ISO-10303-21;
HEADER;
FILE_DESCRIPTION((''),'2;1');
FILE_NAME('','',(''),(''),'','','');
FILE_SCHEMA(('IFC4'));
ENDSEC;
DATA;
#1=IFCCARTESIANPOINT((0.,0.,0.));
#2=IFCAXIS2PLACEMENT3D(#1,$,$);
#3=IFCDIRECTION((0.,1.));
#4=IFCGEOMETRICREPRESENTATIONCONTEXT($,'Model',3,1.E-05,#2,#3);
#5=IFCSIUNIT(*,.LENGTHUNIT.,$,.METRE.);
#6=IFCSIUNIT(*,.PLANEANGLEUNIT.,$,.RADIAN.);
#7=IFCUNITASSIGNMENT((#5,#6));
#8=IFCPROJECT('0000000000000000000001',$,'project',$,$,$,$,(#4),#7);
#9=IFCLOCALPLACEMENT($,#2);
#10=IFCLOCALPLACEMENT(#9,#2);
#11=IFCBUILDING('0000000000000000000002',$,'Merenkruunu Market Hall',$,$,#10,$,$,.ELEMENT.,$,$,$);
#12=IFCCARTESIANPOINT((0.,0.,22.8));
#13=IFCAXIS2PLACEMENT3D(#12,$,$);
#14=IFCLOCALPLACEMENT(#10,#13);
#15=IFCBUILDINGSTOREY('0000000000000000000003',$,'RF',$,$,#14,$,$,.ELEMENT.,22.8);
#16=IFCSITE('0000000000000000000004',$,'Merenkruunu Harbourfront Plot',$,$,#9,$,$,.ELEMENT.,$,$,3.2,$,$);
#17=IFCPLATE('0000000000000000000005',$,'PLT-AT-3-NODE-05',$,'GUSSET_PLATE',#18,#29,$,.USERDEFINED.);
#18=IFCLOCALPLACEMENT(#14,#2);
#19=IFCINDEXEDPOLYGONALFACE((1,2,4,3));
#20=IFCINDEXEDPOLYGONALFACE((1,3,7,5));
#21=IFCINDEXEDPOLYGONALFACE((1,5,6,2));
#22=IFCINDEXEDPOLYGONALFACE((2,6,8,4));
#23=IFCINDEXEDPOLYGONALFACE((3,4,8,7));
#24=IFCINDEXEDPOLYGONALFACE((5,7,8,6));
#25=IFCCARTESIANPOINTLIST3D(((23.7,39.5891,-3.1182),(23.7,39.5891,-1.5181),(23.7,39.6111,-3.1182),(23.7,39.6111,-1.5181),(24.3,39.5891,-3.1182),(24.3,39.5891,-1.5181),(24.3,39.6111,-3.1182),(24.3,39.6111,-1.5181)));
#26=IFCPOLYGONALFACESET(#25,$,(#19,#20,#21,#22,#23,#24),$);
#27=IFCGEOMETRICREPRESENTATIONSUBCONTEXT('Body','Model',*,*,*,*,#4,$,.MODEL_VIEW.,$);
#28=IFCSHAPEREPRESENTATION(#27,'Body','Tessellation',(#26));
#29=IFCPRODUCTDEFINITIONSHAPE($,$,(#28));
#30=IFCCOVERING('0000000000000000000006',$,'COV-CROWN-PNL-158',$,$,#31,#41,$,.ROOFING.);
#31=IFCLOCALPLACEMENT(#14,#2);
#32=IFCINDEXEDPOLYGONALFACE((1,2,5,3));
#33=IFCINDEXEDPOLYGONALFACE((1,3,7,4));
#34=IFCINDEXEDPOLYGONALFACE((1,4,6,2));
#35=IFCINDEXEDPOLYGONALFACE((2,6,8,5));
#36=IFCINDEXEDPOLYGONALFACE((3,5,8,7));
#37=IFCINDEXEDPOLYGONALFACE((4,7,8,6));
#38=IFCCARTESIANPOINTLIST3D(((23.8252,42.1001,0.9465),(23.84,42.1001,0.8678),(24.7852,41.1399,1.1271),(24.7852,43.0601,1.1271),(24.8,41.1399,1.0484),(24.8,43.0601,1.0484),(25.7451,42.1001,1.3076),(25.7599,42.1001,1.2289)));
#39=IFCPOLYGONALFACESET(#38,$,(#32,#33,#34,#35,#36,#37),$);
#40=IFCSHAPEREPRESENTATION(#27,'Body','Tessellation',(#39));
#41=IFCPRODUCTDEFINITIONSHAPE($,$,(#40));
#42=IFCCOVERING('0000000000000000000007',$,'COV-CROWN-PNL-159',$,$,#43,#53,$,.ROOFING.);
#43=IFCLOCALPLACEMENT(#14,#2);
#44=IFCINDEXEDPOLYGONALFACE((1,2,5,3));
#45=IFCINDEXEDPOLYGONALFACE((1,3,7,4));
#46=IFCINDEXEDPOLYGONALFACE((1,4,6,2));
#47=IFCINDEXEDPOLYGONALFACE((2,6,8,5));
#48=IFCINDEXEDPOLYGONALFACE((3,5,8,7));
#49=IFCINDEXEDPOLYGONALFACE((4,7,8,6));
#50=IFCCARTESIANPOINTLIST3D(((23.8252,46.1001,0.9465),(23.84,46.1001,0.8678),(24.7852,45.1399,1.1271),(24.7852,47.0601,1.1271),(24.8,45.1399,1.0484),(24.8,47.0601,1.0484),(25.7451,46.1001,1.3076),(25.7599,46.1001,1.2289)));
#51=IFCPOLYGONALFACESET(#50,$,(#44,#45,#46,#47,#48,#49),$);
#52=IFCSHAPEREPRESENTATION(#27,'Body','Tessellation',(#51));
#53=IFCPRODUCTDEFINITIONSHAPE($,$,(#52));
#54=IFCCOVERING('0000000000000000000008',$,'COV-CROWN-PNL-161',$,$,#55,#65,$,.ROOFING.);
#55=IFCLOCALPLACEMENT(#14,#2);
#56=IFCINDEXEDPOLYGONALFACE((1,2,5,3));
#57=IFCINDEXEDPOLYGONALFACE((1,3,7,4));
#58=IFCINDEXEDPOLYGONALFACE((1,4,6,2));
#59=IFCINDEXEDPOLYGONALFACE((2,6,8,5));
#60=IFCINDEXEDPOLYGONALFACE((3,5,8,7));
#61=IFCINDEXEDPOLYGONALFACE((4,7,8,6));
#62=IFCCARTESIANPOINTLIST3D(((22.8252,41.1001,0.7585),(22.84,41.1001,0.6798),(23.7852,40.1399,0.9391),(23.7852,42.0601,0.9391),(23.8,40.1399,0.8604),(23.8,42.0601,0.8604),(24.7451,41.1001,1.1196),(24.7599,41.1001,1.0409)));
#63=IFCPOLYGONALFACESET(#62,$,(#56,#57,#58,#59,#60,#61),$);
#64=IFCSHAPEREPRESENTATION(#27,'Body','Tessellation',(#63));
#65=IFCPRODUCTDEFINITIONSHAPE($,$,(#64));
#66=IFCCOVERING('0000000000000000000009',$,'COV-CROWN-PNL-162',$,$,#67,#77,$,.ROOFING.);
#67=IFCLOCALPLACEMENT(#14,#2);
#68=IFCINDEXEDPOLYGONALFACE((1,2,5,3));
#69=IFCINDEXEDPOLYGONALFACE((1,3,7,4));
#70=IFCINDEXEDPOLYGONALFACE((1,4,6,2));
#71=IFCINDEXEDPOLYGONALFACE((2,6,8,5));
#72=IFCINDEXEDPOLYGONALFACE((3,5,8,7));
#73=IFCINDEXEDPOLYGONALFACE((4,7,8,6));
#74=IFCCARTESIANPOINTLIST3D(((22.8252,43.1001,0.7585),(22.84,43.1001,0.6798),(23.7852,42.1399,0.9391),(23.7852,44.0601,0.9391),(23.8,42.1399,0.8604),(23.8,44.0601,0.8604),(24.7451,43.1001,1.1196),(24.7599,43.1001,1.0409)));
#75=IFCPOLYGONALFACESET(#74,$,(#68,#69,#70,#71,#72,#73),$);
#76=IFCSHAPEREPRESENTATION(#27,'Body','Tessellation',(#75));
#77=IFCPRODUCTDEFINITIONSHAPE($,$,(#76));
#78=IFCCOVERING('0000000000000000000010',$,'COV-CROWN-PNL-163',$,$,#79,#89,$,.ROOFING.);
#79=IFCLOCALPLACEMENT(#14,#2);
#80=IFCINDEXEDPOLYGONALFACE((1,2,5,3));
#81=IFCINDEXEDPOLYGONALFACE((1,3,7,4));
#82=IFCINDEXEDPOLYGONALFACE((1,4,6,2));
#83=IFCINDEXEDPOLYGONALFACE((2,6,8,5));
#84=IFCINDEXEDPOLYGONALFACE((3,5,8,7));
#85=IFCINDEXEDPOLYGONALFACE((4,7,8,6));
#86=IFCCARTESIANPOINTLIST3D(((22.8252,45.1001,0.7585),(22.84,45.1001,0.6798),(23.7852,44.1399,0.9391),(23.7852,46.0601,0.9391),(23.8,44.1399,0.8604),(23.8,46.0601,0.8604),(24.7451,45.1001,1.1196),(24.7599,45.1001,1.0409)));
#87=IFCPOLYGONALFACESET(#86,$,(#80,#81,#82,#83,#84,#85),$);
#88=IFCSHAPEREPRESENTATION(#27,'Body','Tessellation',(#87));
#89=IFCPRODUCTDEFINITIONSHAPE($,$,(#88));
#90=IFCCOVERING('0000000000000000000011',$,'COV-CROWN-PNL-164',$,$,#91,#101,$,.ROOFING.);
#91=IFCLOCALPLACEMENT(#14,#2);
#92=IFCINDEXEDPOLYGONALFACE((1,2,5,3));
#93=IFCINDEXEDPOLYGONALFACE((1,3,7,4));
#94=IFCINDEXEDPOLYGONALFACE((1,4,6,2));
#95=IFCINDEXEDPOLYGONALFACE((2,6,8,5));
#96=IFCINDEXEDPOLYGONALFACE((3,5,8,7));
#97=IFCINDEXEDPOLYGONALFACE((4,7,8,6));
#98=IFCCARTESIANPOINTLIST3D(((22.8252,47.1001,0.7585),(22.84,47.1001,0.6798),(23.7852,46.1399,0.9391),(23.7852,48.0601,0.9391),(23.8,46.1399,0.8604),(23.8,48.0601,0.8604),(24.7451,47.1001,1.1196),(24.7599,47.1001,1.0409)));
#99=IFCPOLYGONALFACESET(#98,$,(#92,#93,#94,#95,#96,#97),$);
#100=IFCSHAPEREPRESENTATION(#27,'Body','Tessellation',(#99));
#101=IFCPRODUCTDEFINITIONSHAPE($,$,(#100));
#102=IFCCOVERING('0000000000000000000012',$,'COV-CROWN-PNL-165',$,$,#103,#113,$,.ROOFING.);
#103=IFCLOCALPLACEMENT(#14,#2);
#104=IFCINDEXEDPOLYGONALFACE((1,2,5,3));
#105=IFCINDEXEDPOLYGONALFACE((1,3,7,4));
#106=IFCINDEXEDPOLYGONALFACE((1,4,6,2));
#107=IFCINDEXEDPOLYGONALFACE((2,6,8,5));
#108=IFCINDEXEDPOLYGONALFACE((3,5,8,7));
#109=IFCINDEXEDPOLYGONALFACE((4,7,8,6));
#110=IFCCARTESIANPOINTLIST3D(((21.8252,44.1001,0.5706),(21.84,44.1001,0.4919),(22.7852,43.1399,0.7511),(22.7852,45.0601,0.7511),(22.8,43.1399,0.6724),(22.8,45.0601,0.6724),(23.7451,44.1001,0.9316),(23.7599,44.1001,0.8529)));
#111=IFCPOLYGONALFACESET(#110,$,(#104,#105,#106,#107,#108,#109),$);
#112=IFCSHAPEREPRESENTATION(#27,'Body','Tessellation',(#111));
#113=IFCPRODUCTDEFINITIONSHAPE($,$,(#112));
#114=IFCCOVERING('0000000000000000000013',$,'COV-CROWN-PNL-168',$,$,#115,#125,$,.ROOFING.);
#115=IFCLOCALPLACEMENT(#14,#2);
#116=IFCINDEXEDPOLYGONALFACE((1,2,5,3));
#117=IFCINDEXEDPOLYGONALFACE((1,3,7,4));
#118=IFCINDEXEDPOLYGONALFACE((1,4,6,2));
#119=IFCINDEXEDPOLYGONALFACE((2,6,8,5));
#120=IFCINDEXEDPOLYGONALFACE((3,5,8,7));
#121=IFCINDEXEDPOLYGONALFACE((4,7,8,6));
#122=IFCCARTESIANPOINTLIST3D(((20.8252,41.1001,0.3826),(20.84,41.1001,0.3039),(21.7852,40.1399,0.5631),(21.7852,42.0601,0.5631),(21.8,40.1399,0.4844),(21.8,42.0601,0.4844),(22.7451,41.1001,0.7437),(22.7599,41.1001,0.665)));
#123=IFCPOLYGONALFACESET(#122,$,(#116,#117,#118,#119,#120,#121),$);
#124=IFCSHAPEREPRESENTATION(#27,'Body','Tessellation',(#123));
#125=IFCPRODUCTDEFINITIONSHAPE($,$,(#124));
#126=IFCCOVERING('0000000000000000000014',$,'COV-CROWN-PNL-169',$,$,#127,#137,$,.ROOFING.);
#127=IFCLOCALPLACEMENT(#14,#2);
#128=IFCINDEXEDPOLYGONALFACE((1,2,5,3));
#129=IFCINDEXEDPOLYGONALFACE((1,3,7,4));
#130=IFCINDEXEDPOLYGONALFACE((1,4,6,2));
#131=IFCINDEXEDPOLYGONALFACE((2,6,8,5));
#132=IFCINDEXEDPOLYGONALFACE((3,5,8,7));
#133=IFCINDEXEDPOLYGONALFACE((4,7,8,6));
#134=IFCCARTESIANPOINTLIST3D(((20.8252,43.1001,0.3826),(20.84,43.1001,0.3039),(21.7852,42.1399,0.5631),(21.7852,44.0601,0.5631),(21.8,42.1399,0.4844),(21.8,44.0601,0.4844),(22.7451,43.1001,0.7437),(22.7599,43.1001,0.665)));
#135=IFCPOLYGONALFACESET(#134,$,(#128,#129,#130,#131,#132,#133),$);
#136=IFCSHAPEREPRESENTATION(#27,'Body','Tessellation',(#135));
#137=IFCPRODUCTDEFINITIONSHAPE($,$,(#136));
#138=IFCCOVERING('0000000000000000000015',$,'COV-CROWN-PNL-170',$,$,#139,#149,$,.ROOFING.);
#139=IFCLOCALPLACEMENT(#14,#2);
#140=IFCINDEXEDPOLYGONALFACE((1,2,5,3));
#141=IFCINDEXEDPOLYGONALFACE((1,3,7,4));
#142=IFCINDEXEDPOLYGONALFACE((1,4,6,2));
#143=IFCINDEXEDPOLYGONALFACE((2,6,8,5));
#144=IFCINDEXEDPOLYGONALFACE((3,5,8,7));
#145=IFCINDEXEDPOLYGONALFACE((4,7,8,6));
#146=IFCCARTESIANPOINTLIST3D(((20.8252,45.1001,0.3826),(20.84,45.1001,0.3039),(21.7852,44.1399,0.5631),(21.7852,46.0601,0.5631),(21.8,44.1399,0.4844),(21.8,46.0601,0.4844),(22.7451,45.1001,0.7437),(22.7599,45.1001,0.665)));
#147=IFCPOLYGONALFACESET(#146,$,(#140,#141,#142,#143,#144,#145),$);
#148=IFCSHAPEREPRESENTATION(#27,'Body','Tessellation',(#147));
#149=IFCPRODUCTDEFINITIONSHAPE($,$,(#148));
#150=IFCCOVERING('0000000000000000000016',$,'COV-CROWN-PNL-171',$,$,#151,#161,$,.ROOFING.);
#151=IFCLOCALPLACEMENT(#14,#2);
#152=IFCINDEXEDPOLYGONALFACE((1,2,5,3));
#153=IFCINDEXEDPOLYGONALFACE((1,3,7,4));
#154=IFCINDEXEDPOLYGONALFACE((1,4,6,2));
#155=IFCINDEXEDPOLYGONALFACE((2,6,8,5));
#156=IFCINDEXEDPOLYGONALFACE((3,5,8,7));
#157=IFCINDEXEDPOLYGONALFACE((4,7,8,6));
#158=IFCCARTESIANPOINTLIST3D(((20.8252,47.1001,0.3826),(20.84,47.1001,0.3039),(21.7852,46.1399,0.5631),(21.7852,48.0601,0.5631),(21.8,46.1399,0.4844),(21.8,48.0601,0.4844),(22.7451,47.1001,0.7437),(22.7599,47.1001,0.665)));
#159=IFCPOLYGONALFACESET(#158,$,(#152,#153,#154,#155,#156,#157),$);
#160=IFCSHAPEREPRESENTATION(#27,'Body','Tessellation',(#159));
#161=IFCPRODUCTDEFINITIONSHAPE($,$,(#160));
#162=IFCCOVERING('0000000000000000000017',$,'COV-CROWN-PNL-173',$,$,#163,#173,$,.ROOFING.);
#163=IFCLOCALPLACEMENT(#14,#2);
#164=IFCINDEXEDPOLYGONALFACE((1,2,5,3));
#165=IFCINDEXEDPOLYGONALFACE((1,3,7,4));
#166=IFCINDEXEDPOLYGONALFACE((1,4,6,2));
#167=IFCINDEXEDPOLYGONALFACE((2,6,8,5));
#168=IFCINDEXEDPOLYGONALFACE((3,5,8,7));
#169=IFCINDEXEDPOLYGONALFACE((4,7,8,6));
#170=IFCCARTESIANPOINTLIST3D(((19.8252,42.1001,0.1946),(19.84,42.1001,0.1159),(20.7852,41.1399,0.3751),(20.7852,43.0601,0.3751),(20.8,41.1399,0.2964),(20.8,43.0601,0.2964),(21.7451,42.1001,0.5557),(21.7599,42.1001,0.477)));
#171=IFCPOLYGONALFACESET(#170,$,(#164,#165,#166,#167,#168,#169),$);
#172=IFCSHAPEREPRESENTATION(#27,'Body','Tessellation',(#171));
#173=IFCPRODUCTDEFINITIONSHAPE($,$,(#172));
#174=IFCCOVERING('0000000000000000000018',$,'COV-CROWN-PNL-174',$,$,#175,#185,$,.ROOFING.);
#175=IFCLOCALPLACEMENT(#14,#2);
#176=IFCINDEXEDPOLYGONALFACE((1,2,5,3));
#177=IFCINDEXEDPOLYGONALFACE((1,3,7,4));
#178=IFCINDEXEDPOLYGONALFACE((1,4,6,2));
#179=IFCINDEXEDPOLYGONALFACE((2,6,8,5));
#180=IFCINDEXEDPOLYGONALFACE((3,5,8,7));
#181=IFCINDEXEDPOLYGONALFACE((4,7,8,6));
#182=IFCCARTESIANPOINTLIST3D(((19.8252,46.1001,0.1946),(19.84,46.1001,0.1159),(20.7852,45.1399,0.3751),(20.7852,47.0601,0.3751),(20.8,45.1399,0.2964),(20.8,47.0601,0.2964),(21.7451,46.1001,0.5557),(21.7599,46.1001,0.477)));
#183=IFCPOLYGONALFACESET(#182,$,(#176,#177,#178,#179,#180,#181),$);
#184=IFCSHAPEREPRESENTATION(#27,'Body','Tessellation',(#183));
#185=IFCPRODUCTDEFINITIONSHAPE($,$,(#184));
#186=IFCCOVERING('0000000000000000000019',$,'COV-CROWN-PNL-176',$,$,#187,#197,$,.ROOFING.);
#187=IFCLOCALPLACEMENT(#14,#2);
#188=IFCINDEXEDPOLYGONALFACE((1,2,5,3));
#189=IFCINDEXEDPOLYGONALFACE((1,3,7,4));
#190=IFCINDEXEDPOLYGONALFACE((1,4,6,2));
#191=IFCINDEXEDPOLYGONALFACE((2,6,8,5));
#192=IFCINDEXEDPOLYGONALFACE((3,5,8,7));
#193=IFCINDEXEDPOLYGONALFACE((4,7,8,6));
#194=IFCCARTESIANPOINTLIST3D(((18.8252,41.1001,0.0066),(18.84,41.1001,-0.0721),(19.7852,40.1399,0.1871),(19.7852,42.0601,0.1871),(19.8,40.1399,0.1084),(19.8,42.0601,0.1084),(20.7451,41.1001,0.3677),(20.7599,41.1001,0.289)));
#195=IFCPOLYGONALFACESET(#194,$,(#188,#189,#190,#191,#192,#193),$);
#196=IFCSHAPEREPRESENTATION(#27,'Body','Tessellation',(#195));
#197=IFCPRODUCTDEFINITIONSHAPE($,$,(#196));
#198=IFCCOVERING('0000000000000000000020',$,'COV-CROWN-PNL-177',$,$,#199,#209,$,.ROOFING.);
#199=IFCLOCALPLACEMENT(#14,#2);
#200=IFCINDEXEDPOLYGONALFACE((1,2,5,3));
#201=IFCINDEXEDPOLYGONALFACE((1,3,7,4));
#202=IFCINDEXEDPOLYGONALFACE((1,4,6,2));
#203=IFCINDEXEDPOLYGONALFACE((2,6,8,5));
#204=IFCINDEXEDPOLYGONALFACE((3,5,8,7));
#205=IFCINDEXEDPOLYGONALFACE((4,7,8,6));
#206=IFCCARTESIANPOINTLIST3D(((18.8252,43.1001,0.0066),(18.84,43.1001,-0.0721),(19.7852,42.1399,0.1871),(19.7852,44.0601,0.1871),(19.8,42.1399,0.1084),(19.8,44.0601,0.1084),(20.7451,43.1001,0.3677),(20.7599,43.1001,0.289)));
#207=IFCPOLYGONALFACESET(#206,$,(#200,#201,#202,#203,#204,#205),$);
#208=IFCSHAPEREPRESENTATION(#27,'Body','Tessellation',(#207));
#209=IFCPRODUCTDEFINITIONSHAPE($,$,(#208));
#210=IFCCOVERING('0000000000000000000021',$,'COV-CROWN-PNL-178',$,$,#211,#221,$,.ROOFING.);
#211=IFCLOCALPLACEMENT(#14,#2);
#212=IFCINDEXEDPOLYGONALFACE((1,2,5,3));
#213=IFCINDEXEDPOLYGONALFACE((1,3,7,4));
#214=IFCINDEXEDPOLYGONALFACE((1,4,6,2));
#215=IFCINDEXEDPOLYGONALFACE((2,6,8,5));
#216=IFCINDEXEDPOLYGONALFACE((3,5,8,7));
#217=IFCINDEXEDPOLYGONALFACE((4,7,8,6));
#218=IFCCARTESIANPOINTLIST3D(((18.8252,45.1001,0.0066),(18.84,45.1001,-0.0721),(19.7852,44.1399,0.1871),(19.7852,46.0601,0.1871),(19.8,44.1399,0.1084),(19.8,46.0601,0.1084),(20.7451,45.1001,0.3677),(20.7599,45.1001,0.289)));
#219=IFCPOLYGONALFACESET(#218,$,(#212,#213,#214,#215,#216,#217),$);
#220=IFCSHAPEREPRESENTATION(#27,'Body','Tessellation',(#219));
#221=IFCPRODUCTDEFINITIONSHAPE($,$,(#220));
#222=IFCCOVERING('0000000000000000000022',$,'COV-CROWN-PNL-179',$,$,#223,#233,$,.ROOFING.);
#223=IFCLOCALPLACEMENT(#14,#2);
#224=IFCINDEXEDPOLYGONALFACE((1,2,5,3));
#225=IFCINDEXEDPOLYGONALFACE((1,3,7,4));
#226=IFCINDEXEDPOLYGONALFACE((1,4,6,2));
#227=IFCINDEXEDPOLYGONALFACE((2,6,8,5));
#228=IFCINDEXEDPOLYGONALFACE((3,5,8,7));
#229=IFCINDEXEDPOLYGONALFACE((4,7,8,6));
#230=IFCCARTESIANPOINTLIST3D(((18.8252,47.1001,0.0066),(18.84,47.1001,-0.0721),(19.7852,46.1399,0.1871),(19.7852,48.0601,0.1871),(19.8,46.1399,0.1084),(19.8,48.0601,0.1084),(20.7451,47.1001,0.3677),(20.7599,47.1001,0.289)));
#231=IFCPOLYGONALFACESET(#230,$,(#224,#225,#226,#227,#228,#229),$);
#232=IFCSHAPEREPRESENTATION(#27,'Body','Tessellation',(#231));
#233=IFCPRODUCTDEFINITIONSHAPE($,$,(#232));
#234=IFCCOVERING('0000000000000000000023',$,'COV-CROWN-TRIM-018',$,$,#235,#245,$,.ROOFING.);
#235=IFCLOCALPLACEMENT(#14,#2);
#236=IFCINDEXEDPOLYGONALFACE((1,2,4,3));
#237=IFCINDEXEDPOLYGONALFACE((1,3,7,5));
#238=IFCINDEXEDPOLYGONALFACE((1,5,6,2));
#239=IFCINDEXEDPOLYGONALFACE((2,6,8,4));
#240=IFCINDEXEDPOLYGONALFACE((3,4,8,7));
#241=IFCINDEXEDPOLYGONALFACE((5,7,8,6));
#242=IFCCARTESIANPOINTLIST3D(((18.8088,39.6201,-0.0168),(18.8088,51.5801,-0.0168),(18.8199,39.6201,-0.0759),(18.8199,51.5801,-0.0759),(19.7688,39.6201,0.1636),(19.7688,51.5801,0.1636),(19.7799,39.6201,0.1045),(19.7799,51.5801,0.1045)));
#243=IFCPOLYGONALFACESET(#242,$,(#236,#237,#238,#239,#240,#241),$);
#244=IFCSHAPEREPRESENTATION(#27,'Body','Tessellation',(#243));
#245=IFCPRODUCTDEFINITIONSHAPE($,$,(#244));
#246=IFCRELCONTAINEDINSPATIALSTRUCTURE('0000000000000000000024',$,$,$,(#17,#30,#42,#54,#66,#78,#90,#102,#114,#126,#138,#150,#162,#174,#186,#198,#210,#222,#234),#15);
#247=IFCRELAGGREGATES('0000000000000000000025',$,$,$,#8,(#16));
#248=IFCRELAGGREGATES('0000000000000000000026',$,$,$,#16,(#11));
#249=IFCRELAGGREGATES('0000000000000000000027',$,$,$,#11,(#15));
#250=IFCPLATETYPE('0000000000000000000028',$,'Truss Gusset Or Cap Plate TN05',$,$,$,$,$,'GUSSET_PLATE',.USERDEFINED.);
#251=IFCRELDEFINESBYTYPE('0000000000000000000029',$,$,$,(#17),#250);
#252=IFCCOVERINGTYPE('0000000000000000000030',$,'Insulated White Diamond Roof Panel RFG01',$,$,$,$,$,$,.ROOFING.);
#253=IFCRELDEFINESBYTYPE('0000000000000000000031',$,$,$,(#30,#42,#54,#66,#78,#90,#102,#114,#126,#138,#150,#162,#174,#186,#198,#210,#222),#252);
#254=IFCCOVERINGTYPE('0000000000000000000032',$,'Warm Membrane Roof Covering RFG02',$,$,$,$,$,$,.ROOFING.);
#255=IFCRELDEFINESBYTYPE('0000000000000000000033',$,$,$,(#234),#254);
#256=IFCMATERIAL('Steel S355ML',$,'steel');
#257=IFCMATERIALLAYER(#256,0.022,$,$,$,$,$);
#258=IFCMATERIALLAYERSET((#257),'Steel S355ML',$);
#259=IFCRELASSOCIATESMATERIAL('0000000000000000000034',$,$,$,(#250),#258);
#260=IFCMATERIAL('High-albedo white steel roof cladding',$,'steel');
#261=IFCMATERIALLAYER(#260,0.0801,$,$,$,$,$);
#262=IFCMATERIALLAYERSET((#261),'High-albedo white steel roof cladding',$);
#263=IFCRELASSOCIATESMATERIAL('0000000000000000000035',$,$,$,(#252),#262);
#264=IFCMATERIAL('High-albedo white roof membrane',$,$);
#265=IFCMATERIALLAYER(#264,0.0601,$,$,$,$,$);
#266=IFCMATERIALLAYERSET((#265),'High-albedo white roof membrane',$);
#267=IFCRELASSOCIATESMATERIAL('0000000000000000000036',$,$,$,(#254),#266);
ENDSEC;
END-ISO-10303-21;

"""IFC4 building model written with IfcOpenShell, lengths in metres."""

from ifc_helpers import new_model, si_unit, direction, frame, origin, origin_2d, place, context, subcontext, project, spatial, polyline, rectangle, outline, extrude, material, layer, layer_set, type_object, element, save


model = new_model("IFC4")

# Units and contexts
model_context = context("Model", 3, precision=1e-05, world=origin(), true_north=direction((0.0, 1.0)))
body_context = subcontext(model_context, "Body", "Model", "MODEL_VIEW")
ifc_project = project(units=[si_unit("LENGTHUNIT", "METRE"), si_unit("PLANEANGLEUNIT", "RADIAN")], contexts=[model_context])

# Site, building, storey
site_placement = place(None, origin())
site = spatial("IfcSite", under=ifc_project, at=site_placement, Name="Merenkruunu Harbourfront Plot", CompositionType="ELEMENT", RefElevation=3.2)
building_placement = place(site_placement, origin())
building = spatial("IfcBuilding", under=site, at=building_placement, Name="Merenkruunu Market Hall", CompositionType="ELEMENT")
storey_placement = place(building_placement, frame((0.0, 0.0, 22.8)))
storey = spatial("IfcBuildingStorey", under=building, at=storey_placement, Name="RF", CompositionType="ELEMENT", Elevation=22.8)

# Shared definitions
ifc_material_1 = material(Name="Steel S355ML", Category="steel")

# Plate
ifc_layer_1 = layer(ifc_material_1, 0.022)
ifc_layer_set_1 = layer_set([ifc_layer_1], Name="Steel S355ML")
plate_type_1 = type_object("IfcPlateType", Name="Truss Gusset Or Cap Plate TN05", ElementType="GUSSET_PLATE", PredefinedType="USERDEFINED", material=ifc_layer_set_1)
plate_1_placement = place(storey_placement, frame((24.0, 39.6001, -3.1182), z_axis=(0.0, 0.0, 1.0), x_axis=(1.0, 0.0, 0.0)))
element("IfcPlate", 1, at=plate_1_placement, inside=storey, type_object=plate_type_1, Name="PLT-AT-3-NODE-05", ObjectType="GUSSET_PLATE", PredefinedType="USERDEFINED", context=body_context, shape_type="SweptSolid", body=[
    extrude(rectangle(XDim=0.6001, YDim=0.022, at=origin_2d()), origin(), (0.0, 0.0, 1.0), 1.6001),
])

# Coverings
ifc_material_2 = material(Name="High-albedo white steel roof cladding", Category="steel")
ifc_layer_2 = layer(ifc_material_2, 0.0801)
ifc_layer_set_2 = layer_set([ifc_layer_2], Name="High-albedo white steel roof cladding")
covering_type_1 = type_object("IfcCoveringType", Name="Insulated White Diamond Roof Panel RFG01", PredefinedType="ROOFING", material=ifc_layer_set_2)
for number, where, z_axis, x_axis, name in (
    (2, (23.8252, 42.1001, 0.9465), (-0.184832, 0.0, 0.98277), (0.700856, -0.701018, 0.131812), "COV-CROWN-PNL-158"),
    (3, (23.8252, 46.1001, 0.9465), (-0.184832, 0.0, 0.98277), (0.700856, -0.701018, 0.131812), "COV-CROWN-PNL-159"),
    (4, (22.8252, 41.1001, 0.7585), (-0.184832, 0.0, 0.98277), (0.700856, -0.701018, 0.131812), "COV-CROWN-PNL-161"),
    (5, (22.8252, 43.1001, 0.7585), (-0.184832, 0.0, 0.98277), (0.700856, -0.701018, 0.131812), "COV-CROWN-PNL-162"),
    (6, (22.8252, 45.1001, 0.7585), (-0.184832, 0.0, 0.98277), (0.700856, -0.701018, 0.131812), "COV-CROWN-PNL-163"),
    (7, (22.8252, 47.1001, 0.7585), (-0.184832, 0.0, 0.98277), (0.700856, -0.701018, 0.131812), "COV-CROWN-PNL-164"),
    (8, (21.8252, 44.1001, 0.5706), (-0.184832, 0.0, 0.98277), (0.700856, -0.701018, 0.131812), "COV-CROWN-PNL-165"),
    (9, (20.8252, 41.1001, 0.3826), (-0.184832, 0.0, 0.98277), (0.700856, -0.701018, 0.131812), "COV-CROWN-PNL-168"),
    (10, (20.8252, 43.1001, 0.3826), (-0.184832, 0.0, 0.98277), (0.700856, -0.701018, 0.131812), "COV-CROWN-PNL-169"),
    (11, (20.8252, 45.1001, 0.3826), (-0.184832, 0.0, 0.98277), (0.700856, -0.701018, 0.131812), "COV-CROWN-PNL-170"),
    (12, (20.8252, 47.1001, 0.3826), (-0.184832, 0.0, 0.98277), (0.700856, -0.701018, 0.131812), "COV-CROWN-PNL-171"),
    (13, (19.8252, 42.1001, 0.1946), (-0.184832, 0.0, 0.98277), (0.700856, -0.701018, 0.131812), "COV-CROWN-PNL-173"),
    (14, (19.8252, 46.1001, 0.1946), (-0.184832, 0.0, 0.98277), (0.700856, -0.701018, 0.131812), "COV-CROWN-PNL-174"),
    (15, (18.8252, 41.1001, 0.0066), (-0.184832, 0.0, 0.98277), (0.700856, -0.701018, 0.131812), "COV-CROWN-PNL-176"),
    (16, (18.8252, 43.1001, 0.0066), (-0.184832, 0.0, 0.98277), (0.700856, -0.701018, 0.131812), "COV-CROWN-PNL-177"),
    (17, (18.8252, 45.1001, 0.0066), (-0.184832, 0.0, 0.98277), (0.700856, -0.701018, 0.131812), "COV-CROWN-PNL-178"),
    (18, (18.8252, 47.1001, 0.0066), (-0.184832, 0.0, 0.98277), (0.700856, -0.701018, 0.131812), "COV-CROWN-PNL-179"),
):
    element("IfcCovering", number, at=place(storey_placement, frame(where, z_axis=z_axis, x_axis=x_axis)), inside=storey, type_object=covering_type_1, Name=name, PredefinedType="ROOFING", context=body_context, shape_type="SweptSolid", body=[
        extrude(outline(polyline([(0.0, 0.0), (1.3697, 0.0), (1.3932, 1.3695), (0.0237, 1.3694), (0.0, 0.0)])), origin(), (0.0, 0.0, -1.0), 0.0801),
    ])
ifc_material_3 = material(Name="High-albedo white roof membrane")
ifc_layer_3 = layer(ifc_material_3, 0.0601)
ifc_layer_set_3 = layer_set([ifc_layer_3], Name="High-albedo white roof membrane")
covering_type_2 = type_object("IfcCoveringType", Name="Warm Membrane Roof Covering RFG02", PredefinedType="ROOFING", material=ifc_layer_set_3)
covering_1_placement = place(storey_placement, frame((18.8088, 39.6201, -0.0168), z_axis=(-0.184711, 0.0, 0.982793), x_axis=(0.982793, 0.0, 0.184711)))
element("IfcCovering", 19, at=covering_1_placement, inside=storey, type_object=covering_type_2, Name="COV-CROWN-TRIM-018", PredefinedType="ROOFING", context=body_context, shape_type="SweptSolid", body=[
    extrude(outline(polyline([(0.0, 0.0), (0.9768, 0.0), (0.9768, 11.96), (0.0, 11.96), (0.0, 0.0)])), origin(), (0.0, 0.0, -1.0), 0.0601),
])

save(model, "model.ifc")
